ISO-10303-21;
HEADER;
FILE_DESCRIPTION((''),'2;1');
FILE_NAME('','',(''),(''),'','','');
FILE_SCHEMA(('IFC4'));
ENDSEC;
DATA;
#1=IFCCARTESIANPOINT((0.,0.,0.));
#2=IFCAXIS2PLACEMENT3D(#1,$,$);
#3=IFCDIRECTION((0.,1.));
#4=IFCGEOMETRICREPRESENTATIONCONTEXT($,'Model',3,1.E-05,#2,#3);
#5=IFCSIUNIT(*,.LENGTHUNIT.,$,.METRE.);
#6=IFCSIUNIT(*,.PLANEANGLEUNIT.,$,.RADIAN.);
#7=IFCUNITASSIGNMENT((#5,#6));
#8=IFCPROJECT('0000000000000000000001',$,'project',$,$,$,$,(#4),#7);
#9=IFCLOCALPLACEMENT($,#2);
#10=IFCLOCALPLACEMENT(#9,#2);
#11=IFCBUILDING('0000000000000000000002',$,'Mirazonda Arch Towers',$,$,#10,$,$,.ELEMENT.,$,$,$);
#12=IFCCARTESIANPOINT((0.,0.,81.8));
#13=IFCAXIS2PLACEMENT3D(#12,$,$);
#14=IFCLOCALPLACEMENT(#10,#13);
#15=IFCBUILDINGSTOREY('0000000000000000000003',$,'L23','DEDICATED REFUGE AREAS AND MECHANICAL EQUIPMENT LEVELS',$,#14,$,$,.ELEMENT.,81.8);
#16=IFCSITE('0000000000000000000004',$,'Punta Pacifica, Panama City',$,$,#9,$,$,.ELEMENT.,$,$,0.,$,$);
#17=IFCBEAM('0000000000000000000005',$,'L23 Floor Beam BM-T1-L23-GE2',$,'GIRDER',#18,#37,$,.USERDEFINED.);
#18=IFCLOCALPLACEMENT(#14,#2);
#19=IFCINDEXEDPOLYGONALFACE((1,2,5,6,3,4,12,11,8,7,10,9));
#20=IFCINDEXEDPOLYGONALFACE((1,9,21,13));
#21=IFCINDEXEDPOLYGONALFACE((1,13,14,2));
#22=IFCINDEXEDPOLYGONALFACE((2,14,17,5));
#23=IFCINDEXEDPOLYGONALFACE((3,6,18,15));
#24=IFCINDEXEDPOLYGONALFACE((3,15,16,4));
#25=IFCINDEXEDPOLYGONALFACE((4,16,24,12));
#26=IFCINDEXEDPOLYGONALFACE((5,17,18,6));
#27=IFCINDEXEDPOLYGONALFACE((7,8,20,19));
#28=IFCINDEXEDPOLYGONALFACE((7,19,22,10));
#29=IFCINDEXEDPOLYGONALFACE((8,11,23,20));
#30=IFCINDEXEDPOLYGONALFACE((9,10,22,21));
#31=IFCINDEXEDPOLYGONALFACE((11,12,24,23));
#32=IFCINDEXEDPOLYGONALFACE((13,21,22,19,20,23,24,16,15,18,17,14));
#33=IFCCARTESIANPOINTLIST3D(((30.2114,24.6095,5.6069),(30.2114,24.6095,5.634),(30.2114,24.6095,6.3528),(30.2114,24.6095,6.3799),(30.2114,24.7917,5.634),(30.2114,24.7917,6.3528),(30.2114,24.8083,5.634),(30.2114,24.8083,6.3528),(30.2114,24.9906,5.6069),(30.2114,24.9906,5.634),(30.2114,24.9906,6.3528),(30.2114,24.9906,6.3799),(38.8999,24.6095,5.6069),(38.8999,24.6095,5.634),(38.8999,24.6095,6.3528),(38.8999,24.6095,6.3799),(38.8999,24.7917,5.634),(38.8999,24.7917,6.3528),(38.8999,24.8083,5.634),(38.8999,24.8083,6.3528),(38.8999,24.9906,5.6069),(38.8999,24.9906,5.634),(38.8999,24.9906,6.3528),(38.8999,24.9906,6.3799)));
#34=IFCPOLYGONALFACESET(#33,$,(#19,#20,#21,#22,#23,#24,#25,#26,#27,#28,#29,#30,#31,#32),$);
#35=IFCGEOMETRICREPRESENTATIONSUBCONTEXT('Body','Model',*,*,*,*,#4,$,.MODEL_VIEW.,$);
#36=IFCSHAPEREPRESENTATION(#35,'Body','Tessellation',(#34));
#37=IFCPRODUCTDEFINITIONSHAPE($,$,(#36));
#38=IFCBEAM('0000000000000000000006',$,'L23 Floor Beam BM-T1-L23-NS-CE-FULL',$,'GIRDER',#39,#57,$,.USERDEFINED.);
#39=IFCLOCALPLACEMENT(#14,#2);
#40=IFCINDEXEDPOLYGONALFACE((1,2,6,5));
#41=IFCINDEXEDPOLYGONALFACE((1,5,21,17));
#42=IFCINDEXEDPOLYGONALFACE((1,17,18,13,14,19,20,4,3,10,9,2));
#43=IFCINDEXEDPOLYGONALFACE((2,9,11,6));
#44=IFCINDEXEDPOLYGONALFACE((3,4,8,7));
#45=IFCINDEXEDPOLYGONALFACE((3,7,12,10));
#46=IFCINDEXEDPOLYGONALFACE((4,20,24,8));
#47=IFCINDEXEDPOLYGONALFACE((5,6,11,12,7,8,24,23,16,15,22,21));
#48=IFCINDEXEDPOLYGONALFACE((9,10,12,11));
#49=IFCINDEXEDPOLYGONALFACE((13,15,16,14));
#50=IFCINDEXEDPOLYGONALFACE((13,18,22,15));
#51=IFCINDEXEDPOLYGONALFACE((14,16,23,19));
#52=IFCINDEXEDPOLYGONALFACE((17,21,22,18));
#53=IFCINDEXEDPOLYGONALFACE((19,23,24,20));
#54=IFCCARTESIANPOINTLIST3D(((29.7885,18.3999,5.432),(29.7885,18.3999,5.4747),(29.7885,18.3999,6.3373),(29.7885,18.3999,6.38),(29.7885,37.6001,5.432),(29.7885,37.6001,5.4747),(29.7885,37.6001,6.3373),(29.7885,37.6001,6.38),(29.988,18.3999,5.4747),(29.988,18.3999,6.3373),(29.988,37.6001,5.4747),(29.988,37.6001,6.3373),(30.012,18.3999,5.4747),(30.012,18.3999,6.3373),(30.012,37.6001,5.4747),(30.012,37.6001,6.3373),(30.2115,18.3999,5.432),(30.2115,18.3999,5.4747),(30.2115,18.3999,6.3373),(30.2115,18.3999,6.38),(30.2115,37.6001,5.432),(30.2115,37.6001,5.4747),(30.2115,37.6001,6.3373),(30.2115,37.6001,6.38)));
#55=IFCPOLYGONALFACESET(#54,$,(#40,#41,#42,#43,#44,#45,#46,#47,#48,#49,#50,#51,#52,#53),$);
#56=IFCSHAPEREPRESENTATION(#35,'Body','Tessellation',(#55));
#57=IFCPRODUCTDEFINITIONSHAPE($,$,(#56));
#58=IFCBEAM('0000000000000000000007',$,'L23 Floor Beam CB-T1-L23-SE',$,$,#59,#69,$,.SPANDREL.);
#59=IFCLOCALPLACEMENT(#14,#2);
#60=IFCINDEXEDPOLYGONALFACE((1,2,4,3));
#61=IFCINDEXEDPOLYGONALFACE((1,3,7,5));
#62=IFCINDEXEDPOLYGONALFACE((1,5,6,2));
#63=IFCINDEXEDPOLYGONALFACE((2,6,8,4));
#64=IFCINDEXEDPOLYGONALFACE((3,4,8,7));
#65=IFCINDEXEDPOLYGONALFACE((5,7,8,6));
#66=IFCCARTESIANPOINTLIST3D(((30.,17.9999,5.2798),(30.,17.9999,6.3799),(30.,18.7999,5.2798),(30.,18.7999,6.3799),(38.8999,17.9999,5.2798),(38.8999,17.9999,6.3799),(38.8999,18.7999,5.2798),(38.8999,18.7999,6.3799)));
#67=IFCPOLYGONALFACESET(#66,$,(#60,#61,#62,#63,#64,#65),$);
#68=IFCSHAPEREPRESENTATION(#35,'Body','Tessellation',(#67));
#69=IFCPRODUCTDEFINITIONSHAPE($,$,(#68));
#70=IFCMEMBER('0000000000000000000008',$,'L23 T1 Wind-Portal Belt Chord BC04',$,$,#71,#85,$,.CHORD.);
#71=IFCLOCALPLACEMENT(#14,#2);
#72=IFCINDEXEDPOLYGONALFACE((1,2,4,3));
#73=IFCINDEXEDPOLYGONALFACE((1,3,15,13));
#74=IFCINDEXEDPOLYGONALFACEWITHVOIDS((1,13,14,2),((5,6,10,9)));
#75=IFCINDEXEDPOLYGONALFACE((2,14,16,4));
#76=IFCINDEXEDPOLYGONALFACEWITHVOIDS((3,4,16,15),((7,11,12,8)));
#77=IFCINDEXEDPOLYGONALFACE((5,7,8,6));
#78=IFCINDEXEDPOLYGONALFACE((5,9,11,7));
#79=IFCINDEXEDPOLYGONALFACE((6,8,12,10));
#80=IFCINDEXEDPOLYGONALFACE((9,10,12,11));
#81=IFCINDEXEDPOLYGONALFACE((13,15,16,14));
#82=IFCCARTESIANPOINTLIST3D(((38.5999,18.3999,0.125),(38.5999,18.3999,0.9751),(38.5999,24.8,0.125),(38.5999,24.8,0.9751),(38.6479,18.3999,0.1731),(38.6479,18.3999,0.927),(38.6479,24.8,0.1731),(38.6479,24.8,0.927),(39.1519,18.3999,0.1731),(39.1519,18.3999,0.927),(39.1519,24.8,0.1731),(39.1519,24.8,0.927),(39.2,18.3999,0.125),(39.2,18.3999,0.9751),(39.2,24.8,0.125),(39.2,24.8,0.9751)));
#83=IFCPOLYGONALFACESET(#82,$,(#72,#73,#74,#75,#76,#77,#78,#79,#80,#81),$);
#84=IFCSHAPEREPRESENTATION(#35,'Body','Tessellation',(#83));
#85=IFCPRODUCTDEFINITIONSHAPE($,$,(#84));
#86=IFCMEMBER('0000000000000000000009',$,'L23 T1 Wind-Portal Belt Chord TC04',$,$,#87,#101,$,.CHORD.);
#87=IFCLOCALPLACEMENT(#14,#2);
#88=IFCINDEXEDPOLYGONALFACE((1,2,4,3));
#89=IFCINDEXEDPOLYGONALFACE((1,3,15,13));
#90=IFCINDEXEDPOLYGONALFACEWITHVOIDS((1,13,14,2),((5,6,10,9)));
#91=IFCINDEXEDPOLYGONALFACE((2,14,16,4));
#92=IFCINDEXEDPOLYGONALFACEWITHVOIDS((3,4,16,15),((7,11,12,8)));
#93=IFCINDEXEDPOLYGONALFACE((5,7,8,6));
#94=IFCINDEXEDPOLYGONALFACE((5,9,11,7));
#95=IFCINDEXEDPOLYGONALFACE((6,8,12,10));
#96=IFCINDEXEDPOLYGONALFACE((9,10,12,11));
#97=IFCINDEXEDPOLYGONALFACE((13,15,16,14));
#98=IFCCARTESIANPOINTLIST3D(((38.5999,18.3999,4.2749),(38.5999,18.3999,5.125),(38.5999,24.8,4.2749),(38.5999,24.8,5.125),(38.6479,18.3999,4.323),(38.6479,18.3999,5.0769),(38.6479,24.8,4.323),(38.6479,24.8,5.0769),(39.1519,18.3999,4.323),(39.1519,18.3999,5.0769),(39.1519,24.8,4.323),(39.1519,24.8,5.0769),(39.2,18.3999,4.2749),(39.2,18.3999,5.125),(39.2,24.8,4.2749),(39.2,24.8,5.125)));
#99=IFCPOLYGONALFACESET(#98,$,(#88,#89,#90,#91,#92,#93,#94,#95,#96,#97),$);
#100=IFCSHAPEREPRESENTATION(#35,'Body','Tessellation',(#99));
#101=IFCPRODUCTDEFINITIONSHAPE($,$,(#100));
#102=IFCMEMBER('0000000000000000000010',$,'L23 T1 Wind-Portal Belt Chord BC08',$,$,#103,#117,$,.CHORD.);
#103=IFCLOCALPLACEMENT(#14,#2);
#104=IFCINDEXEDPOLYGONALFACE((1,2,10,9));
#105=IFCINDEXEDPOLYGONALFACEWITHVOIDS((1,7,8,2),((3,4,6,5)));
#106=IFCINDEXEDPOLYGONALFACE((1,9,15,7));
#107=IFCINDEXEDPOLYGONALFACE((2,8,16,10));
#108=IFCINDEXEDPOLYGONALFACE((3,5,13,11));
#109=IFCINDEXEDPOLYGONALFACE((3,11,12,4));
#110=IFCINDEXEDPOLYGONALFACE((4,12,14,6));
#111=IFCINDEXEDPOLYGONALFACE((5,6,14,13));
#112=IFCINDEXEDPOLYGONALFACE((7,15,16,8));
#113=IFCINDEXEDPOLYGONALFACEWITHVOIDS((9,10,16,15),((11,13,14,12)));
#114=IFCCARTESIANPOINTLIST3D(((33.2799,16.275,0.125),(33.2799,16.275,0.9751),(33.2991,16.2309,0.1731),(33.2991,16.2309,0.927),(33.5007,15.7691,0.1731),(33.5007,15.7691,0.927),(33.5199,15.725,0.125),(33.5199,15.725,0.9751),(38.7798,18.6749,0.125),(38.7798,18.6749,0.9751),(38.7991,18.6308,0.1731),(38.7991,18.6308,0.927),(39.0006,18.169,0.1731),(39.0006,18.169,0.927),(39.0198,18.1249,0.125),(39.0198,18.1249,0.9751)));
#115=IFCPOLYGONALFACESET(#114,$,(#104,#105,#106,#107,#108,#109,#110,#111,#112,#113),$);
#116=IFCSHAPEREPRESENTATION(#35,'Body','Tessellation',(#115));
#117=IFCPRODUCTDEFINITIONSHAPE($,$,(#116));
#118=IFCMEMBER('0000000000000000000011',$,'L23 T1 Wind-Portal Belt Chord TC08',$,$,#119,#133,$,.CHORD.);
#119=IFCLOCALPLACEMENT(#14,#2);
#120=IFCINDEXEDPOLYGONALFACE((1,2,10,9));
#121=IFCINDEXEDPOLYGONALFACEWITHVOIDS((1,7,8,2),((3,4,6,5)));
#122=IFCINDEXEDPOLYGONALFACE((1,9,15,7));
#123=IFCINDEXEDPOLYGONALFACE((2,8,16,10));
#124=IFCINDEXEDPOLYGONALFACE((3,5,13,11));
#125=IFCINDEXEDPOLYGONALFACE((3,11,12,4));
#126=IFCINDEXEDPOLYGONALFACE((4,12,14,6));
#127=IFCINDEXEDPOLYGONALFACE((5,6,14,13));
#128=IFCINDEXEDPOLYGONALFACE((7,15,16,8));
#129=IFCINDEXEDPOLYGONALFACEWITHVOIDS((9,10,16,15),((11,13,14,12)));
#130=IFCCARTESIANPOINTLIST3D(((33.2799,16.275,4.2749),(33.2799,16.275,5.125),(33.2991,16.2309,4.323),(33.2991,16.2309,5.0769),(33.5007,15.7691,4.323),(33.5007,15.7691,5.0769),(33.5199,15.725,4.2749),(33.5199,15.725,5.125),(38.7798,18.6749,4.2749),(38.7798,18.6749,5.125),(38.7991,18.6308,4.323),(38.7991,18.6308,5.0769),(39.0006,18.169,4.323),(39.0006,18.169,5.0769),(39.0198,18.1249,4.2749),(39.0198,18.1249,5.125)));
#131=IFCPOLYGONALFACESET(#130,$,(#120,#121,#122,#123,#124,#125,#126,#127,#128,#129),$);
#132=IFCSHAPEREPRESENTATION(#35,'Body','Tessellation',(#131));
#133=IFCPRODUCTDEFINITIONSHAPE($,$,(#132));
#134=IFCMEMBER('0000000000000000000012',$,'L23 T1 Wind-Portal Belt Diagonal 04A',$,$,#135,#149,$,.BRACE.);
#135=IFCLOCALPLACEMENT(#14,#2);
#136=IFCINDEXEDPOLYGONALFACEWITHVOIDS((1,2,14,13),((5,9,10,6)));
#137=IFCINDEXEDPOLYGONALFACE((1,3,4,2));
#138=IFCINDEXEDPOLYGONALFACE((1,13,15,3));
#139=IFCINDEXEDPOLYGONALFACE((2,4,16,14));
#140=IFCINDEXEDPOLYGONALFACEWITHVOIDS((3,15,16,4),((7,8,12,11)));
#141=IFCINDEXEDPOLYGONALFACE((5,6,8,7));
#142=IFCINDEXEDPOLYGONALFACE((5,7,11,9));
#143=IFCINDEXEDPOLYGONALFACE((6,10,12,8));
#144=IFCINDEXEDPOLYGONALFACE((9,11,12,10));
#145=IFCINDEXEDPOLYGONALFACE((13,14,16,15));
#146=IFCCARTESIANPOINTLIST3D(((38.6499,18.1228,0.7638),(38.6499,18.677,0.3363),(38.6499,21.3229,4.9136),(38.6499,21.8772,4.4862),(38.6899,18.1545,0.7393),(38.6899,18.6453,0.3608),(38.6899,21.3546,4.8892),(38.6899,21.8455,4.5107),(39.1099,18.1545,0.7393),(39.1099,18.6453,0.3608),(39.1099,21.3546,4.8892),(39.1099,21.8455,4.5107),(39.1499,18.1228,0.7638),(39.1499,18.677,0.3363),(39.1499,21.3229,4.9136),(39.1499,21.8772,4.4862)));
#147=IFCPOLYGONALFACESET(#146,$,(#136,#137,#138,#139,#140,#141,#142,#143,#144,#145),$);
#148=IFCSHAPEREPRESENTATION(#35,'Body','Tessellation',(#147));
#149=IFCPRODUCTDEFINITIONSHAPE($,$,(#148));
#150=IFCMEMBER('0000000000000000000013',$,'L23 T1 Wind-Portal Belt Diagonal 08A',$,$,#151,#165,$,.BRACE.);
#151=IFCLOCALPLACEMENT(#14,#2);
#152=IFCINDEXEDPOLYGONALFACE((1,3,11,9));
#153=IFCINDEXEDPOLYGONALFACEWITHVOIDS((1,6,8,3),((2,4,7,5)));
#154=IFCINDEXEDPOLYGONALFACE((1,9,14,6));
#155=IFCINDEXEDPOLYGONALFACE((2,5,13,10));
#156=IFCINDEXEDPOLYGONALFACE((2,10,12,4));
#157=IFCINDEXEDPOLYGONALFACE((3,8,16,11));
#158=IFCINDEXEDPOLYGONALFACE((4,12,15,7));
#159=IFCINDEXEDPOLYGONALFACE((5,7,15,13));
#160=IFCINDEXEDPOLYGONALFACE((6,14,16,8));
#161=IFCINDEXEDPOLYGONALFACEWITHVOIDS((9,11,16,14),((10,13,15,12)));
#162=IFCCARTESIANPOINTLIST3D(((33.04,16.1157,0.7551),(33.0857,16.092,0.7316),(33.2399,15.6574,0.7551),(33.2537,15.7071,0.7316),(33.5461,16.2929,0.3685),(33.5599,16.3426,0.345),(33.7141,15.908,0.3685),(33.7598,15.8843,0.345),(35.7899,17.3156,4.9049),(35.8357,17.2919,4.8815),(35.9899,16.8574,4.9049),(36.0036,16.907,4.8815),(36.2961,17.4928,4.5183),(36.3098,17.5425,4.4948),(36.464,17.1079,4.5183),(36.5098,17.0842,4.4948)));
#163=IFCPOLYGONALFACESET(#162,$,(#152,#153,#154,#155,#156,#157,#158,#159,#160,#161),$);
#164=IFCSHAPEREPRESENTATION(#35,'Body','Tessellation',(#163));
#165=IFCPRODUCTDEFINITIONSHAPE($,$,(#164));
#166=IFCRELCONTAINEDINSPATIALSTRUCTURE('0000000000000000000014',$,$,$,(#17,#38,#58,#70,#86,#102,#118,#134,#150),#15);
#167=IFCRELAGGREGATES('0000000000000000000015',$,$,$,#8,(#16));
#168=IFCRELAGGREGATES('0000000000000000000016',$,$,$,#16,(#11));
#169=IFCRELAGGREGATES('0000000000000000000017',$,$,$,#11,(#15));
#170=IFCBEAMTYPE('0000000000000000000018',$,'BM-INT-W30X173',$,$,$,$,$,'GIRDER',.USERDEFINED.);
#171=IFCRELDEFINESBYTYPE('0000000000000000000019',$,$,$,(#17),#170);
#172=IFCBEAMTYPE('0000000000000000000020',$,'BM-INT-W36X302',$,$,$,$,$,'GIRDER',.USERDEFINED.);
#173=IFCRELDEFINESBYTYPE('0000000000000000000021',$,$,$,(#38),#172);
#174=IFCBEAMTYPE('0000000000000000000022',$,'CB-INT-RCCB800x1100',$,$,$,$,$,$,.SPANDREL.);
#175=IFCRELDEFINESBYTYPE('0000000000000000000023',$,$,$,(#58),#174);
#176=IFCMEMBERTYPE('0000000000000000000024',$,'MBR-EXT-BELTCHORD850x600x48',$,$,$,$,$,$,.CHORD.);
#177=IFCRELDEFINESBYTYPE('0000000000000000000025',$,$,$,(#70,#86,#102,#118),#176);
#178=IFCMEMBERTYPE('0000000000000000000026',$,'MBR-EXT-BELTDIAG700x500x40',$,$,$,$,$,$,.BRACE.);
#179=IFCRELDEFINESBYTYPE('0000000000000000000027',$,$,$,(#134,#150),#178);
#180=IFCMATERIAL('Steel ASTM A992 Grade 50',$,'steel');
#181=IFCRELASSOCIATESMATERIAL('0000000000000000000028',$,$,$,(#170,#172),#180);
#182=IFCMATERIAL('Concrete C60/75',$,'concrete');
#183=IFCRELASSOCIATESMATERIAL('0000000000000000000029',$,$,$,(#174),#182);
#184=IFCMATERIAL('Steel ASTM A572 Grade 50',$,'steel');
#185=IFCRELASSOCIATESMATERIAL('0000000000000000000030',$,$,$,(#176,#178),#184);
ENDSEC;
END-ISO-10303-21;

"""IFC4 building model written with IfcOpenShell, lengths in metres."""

from ifc_helpers import new_model, si_unit, direction, frame, origin, origin_2d, place, context, subcontext, project, spatial, rectangle, hollow_rectangle, i_section, extrude, material, material_profile, profile_set, type_object, element, save


model = new_model("IFC4")

# Units and contexts
model_context = context("Model", 3, precision=1e-05, world=origin(), true_north=direction((0.0, 1.0)))
body_context = subcontext(model_context, "Body", "Model", "MODEL_VIEW")
ifc_project = project(units=[si_unit("LENGTHUNIT", "METRE"), si_unit("PLANEANGLEUNIT", "RADIAN")], contexts=[model_context])

# Site, building, storey
site_placement = place(None, origin())
site = spatial("IfcSite", under=ifc_project, at=site_placement, Name="Punta Pacifica, Panama City", CompositionType="ELEMENT", RefElevation=0.0)
building_placement = place(site_placement, origin())
building = spatial("IfcBuilding", under=site, at=building_placement, Name="Mirazonda Arch Towers", CompositionType="ELEMENT")
storey_placement = place(building_placement, frame((0.0, 0.0, 81.8)))
storey = spatial("IfcBuildingStorey", under=building, at=storey_placement, Name="L23", Description="DEDICATED REFUGE AREAS AND MECHANICAL EQUIPMENT LEVELS", CompositionType="ELEMENT", Elevation=81.8)

# Shared definitions
ifc_material_1 = material(Name="Steel ASTM A572 Grade 50", Category="steel")
ifc_material_2 = material(Name="Concrete C60/75", Category="concrete")

# Beams
ifc_material_3 = material(Name="Steel ASTM A992 Grade 50", Category="steel")
ifc_material_profile_1 = material_profile(ifc_material_3, i_section(OverallWidth=0.3811, OverallDepth=0.7729, WebThickness=0.0166, FlangeThickness=0.0271, at=origin_2d()), Name="W30X173")
ifc_profile_set_1 = profile_set([ifc_material_profile_1], Name="Steel ASTM A992 Grade 50")
beam_type_1 = type_object("IfcBeamType", Name="BM-INT-W30X173", ElementType="GIRDER", PredefinedType="USERDEFINED", material=ifc_profile_set_1)
beam_1_placement = place(storey_placement, frame((30.2114, 24.8, 5.9934), z_axis=(1.0, 0.0, 0.0), x_axis=(0.0, 1.0, 0.0)))
element("IfcBeam", 1, at=beam_1_placement, inside=storey, type_object=beam_type_1, Name="L23 Floor Beam BM-T1-L23-GE2", ObjectType="GIRDER", PredefinedType="USERDEFINED", context=body_context, shape_type="SweptSolid", body=[
    extrude(i_section(OverallWidth=0.3811, OverallDepth=0.7729, WebThickness=0.0166, FlangeThickness=0.0271, at=origin_2d()), origin(), (0.0, 0.0, 1.0), 8.6885),
])
ifc_material_profile_2 = material_profile(ifc_material_3, i_section(OverallWidth=0.4231, OverallDepth=0.948, WebThickness=0.0239, FlangeThickness=0.0427, at=origin_2d()), Name="W36X302")
ifc_profile_set_2 = profile_set([ifc_material_profile_2], Name="Steel ASTM A992 Grade 50")
beam_type_2 = type_object("IfcBeamType", Name="BM-INT-W36X302", ElementType="GIRDER", PredefinedType="USERDEFINED", material=ifc_profile_set_2)
beam_2_placement = place(storey_placement, frame((30.0, 18.3999, 5.906), z_axis=(0.0, 1.0, 0.0), x_axis=(-1.0, 0.0, 0.0)))
element("IfcBeam", 2, at=beam_2_placement, inside=storey, type_object=beam_type_2, Name="L23 Floor Beam BM-T1-L23-NS-CE-FULL", ObjectType="GIRDER", PredefinedType="USERDEFINED", context=body_context, shape_type="SweptSolid", body=[
    extrude(i_section(OverallWidth=0.4231, OverallDepth=0.948, WebThickness=0.0239, FlangeThickness=0.0427, at=origin_2d()), origin(), (0.0, 0.0, 1.0), 19.2002),
])
ifc_material_profile_3 = material_profile(ifc_material_2, rectangle(XDim=0.8, YDim=1.1001, at=origin_2d()), Name="RCCB800x1100")
ifc_profile_set_3 = profile_set([ifc_material_profile_3], Name="Concrete C60/75")
beam_type_3 = type_object("IfcBeamType", Name="CB-INT-RCCB800x1100", PredefinedType="SPANDREL", material=ifc_profile_set_3)
beam_3_placement = place(storey_placement, frame((30.0, 18.3999, 5.8298), z_axis=(1.0, 0.0, 0.0), x_axis=(0.0, 1.0, 0.0)))
element("IfcBeam", 3, at=beam_3_placement, inside=storey, type_object=beam_type_3, Name="L23 Floor Beam CB-T1-L23-SE", PredefinedType="SPANDREL", context=body_context, shape_type="SweptSolid", body=[
    extrude(rectangle(XDim=0.8, YDim=1.1001, at=origin_2d()), origin(), (0.0, 0.0, 1.0), 8.8999),
])

# Members
ifc_material_profile_4 = material_profile(ifc_material_1, hollow_rectangle(XDim=0.6001, YDim=0.8501, WallThickness=0.0481, at=origin_2d()), Name="BELTCHORD850x600x48")
ifc_profile_set_4 = profile_set([ifc_material_profile_4], Name="Steel ASTM A572 Grade 50")
member_type_1 = type_object("IfcMemberType", Name="MBR-EXT-BELTCHORD850x600x48", PredefinedType="CHORD", material=ifc_profile_set_4)
for number, where, z_axis, x_axis, name in (
    (4, (38.8999, 18.3999, 0.55), (0.0, 1.0, 0.0), (-1.0, 0.0, 0.0), "L23 T1 Wind-Portal Belt Chord BC04"),
    (5, (38.8999, 18.3999, 4.7), (0.0, 1.0, 0.0), (-1.0, 0.0, 0.0), "L23 T1 Wind-Portal Belt Chord TC04"),
):
    element("IfcMember", number, at=place(storey_placement, frame(where, z_axis=z_axis, x_axis=x_axis)), inside=storey, type_object=member_type_1, Name=name, PredefinedType="CHORD", context=body_context, shape_type="SweptSolid", body=[
        extrude(hollow_rectangle(XDim=0.6001, YDim=0.8501, WallThickness=0.0481, at=origin_2d()), origin(), (0.0, 0.0, 1.0), 6.4001),
    ])
for number, where, z_axis, x_axis, name in (
    (6, (33.3999, 16.0, 0.55), (0.916545, 0.399931, 0.0), (-0.399931, 0.916545, 0.0), "L23 T1 Wind-Portal Belt Chord BC08"),
    (7, (33.3999, 16.0, 4.7), (0.916545, 0.399931, 0.0), (-0.399931, 0.916545, 0.0), "L23 T1 Wind-Portal Belt Chord TC08"),
):
    element("IfcMember", number, at=place(storey_placement, frame(where, z_axis=z_axis, x_axis=x_axis)), inside=storey, type_object=member_type_1, Name=name, PredefinedType="CHORD", context=body_context, shape_type="SweptSolid", body=[
        extrude(hollow_rectangle(XDim=0.6001, YDim=0.8501, WallThickness=0.0481, at=origin_2d()), origin(), (0.0, 0.0, 1.0), 6.0007),
    ])
ifc_material_profile_5 = material_profile(ifc_material_1, hollow_rectangle(XDim=0.5, YDim=0.7, WallThickness=0.04, at=origin_2d()), Name="BELTDIAG700x500x40")
ifc_profile_set_5 = profile_set([ifc_material_profile_5], Name="Steel ASTM A572 Grade 50")
member_type_2 = type_object("IfcMemberType", Name="MBR-EXT-BELTDIAG700x500x40", PredefinedType="BRACE", material=ifc_profile_set_5)
member_1_placement = place(storey_placement, frame((38.8999, 18.3999, 0.55), z_axis=(0.0, 0.610665, 0.791889), x_axis=(-1.0, 0.0, 0.0)))
element("IfcMember", 8, at=member_1_placement, inside=storey, type_object=member_type_2, Name="L23 T1 Wind-Portal Belt Diagonal 04A", PredefinedType="BRACE", context=body_context, shape_type="SweptSolid", body=[
    extrude(hollow_rectangle(XDim=0.5, YDim=0.7, WallThickness=0.04, at=origin_2d()), origin(), (0.0, 0.0, 1.0), 5.2405),
])
member_2_placement = place(storey_placement, frame((33.3999, 16.0, 0.55), z_axis=(0.53701, 0.234322, 0.810378), x_axis=(-0.399931, 0.916545, 0.0)))
element("IfcMember", 9, at=member_2_placement, inside=storey, type_object=member_type_2, Name="L23 T1 Wind-Portal Belt Diagonal 08A", PredefinedType="BRACE", context=body_context, shape_type="SweptSolid", body=[
    extrude(hollow_rectangle(XDim=0.5, YDim=0.7, WallThickness=0.04, at=origin_2d()), origin(), (0.0, 0.0, 1.0), 5.1208),
])

save(model, "model.ifc")
